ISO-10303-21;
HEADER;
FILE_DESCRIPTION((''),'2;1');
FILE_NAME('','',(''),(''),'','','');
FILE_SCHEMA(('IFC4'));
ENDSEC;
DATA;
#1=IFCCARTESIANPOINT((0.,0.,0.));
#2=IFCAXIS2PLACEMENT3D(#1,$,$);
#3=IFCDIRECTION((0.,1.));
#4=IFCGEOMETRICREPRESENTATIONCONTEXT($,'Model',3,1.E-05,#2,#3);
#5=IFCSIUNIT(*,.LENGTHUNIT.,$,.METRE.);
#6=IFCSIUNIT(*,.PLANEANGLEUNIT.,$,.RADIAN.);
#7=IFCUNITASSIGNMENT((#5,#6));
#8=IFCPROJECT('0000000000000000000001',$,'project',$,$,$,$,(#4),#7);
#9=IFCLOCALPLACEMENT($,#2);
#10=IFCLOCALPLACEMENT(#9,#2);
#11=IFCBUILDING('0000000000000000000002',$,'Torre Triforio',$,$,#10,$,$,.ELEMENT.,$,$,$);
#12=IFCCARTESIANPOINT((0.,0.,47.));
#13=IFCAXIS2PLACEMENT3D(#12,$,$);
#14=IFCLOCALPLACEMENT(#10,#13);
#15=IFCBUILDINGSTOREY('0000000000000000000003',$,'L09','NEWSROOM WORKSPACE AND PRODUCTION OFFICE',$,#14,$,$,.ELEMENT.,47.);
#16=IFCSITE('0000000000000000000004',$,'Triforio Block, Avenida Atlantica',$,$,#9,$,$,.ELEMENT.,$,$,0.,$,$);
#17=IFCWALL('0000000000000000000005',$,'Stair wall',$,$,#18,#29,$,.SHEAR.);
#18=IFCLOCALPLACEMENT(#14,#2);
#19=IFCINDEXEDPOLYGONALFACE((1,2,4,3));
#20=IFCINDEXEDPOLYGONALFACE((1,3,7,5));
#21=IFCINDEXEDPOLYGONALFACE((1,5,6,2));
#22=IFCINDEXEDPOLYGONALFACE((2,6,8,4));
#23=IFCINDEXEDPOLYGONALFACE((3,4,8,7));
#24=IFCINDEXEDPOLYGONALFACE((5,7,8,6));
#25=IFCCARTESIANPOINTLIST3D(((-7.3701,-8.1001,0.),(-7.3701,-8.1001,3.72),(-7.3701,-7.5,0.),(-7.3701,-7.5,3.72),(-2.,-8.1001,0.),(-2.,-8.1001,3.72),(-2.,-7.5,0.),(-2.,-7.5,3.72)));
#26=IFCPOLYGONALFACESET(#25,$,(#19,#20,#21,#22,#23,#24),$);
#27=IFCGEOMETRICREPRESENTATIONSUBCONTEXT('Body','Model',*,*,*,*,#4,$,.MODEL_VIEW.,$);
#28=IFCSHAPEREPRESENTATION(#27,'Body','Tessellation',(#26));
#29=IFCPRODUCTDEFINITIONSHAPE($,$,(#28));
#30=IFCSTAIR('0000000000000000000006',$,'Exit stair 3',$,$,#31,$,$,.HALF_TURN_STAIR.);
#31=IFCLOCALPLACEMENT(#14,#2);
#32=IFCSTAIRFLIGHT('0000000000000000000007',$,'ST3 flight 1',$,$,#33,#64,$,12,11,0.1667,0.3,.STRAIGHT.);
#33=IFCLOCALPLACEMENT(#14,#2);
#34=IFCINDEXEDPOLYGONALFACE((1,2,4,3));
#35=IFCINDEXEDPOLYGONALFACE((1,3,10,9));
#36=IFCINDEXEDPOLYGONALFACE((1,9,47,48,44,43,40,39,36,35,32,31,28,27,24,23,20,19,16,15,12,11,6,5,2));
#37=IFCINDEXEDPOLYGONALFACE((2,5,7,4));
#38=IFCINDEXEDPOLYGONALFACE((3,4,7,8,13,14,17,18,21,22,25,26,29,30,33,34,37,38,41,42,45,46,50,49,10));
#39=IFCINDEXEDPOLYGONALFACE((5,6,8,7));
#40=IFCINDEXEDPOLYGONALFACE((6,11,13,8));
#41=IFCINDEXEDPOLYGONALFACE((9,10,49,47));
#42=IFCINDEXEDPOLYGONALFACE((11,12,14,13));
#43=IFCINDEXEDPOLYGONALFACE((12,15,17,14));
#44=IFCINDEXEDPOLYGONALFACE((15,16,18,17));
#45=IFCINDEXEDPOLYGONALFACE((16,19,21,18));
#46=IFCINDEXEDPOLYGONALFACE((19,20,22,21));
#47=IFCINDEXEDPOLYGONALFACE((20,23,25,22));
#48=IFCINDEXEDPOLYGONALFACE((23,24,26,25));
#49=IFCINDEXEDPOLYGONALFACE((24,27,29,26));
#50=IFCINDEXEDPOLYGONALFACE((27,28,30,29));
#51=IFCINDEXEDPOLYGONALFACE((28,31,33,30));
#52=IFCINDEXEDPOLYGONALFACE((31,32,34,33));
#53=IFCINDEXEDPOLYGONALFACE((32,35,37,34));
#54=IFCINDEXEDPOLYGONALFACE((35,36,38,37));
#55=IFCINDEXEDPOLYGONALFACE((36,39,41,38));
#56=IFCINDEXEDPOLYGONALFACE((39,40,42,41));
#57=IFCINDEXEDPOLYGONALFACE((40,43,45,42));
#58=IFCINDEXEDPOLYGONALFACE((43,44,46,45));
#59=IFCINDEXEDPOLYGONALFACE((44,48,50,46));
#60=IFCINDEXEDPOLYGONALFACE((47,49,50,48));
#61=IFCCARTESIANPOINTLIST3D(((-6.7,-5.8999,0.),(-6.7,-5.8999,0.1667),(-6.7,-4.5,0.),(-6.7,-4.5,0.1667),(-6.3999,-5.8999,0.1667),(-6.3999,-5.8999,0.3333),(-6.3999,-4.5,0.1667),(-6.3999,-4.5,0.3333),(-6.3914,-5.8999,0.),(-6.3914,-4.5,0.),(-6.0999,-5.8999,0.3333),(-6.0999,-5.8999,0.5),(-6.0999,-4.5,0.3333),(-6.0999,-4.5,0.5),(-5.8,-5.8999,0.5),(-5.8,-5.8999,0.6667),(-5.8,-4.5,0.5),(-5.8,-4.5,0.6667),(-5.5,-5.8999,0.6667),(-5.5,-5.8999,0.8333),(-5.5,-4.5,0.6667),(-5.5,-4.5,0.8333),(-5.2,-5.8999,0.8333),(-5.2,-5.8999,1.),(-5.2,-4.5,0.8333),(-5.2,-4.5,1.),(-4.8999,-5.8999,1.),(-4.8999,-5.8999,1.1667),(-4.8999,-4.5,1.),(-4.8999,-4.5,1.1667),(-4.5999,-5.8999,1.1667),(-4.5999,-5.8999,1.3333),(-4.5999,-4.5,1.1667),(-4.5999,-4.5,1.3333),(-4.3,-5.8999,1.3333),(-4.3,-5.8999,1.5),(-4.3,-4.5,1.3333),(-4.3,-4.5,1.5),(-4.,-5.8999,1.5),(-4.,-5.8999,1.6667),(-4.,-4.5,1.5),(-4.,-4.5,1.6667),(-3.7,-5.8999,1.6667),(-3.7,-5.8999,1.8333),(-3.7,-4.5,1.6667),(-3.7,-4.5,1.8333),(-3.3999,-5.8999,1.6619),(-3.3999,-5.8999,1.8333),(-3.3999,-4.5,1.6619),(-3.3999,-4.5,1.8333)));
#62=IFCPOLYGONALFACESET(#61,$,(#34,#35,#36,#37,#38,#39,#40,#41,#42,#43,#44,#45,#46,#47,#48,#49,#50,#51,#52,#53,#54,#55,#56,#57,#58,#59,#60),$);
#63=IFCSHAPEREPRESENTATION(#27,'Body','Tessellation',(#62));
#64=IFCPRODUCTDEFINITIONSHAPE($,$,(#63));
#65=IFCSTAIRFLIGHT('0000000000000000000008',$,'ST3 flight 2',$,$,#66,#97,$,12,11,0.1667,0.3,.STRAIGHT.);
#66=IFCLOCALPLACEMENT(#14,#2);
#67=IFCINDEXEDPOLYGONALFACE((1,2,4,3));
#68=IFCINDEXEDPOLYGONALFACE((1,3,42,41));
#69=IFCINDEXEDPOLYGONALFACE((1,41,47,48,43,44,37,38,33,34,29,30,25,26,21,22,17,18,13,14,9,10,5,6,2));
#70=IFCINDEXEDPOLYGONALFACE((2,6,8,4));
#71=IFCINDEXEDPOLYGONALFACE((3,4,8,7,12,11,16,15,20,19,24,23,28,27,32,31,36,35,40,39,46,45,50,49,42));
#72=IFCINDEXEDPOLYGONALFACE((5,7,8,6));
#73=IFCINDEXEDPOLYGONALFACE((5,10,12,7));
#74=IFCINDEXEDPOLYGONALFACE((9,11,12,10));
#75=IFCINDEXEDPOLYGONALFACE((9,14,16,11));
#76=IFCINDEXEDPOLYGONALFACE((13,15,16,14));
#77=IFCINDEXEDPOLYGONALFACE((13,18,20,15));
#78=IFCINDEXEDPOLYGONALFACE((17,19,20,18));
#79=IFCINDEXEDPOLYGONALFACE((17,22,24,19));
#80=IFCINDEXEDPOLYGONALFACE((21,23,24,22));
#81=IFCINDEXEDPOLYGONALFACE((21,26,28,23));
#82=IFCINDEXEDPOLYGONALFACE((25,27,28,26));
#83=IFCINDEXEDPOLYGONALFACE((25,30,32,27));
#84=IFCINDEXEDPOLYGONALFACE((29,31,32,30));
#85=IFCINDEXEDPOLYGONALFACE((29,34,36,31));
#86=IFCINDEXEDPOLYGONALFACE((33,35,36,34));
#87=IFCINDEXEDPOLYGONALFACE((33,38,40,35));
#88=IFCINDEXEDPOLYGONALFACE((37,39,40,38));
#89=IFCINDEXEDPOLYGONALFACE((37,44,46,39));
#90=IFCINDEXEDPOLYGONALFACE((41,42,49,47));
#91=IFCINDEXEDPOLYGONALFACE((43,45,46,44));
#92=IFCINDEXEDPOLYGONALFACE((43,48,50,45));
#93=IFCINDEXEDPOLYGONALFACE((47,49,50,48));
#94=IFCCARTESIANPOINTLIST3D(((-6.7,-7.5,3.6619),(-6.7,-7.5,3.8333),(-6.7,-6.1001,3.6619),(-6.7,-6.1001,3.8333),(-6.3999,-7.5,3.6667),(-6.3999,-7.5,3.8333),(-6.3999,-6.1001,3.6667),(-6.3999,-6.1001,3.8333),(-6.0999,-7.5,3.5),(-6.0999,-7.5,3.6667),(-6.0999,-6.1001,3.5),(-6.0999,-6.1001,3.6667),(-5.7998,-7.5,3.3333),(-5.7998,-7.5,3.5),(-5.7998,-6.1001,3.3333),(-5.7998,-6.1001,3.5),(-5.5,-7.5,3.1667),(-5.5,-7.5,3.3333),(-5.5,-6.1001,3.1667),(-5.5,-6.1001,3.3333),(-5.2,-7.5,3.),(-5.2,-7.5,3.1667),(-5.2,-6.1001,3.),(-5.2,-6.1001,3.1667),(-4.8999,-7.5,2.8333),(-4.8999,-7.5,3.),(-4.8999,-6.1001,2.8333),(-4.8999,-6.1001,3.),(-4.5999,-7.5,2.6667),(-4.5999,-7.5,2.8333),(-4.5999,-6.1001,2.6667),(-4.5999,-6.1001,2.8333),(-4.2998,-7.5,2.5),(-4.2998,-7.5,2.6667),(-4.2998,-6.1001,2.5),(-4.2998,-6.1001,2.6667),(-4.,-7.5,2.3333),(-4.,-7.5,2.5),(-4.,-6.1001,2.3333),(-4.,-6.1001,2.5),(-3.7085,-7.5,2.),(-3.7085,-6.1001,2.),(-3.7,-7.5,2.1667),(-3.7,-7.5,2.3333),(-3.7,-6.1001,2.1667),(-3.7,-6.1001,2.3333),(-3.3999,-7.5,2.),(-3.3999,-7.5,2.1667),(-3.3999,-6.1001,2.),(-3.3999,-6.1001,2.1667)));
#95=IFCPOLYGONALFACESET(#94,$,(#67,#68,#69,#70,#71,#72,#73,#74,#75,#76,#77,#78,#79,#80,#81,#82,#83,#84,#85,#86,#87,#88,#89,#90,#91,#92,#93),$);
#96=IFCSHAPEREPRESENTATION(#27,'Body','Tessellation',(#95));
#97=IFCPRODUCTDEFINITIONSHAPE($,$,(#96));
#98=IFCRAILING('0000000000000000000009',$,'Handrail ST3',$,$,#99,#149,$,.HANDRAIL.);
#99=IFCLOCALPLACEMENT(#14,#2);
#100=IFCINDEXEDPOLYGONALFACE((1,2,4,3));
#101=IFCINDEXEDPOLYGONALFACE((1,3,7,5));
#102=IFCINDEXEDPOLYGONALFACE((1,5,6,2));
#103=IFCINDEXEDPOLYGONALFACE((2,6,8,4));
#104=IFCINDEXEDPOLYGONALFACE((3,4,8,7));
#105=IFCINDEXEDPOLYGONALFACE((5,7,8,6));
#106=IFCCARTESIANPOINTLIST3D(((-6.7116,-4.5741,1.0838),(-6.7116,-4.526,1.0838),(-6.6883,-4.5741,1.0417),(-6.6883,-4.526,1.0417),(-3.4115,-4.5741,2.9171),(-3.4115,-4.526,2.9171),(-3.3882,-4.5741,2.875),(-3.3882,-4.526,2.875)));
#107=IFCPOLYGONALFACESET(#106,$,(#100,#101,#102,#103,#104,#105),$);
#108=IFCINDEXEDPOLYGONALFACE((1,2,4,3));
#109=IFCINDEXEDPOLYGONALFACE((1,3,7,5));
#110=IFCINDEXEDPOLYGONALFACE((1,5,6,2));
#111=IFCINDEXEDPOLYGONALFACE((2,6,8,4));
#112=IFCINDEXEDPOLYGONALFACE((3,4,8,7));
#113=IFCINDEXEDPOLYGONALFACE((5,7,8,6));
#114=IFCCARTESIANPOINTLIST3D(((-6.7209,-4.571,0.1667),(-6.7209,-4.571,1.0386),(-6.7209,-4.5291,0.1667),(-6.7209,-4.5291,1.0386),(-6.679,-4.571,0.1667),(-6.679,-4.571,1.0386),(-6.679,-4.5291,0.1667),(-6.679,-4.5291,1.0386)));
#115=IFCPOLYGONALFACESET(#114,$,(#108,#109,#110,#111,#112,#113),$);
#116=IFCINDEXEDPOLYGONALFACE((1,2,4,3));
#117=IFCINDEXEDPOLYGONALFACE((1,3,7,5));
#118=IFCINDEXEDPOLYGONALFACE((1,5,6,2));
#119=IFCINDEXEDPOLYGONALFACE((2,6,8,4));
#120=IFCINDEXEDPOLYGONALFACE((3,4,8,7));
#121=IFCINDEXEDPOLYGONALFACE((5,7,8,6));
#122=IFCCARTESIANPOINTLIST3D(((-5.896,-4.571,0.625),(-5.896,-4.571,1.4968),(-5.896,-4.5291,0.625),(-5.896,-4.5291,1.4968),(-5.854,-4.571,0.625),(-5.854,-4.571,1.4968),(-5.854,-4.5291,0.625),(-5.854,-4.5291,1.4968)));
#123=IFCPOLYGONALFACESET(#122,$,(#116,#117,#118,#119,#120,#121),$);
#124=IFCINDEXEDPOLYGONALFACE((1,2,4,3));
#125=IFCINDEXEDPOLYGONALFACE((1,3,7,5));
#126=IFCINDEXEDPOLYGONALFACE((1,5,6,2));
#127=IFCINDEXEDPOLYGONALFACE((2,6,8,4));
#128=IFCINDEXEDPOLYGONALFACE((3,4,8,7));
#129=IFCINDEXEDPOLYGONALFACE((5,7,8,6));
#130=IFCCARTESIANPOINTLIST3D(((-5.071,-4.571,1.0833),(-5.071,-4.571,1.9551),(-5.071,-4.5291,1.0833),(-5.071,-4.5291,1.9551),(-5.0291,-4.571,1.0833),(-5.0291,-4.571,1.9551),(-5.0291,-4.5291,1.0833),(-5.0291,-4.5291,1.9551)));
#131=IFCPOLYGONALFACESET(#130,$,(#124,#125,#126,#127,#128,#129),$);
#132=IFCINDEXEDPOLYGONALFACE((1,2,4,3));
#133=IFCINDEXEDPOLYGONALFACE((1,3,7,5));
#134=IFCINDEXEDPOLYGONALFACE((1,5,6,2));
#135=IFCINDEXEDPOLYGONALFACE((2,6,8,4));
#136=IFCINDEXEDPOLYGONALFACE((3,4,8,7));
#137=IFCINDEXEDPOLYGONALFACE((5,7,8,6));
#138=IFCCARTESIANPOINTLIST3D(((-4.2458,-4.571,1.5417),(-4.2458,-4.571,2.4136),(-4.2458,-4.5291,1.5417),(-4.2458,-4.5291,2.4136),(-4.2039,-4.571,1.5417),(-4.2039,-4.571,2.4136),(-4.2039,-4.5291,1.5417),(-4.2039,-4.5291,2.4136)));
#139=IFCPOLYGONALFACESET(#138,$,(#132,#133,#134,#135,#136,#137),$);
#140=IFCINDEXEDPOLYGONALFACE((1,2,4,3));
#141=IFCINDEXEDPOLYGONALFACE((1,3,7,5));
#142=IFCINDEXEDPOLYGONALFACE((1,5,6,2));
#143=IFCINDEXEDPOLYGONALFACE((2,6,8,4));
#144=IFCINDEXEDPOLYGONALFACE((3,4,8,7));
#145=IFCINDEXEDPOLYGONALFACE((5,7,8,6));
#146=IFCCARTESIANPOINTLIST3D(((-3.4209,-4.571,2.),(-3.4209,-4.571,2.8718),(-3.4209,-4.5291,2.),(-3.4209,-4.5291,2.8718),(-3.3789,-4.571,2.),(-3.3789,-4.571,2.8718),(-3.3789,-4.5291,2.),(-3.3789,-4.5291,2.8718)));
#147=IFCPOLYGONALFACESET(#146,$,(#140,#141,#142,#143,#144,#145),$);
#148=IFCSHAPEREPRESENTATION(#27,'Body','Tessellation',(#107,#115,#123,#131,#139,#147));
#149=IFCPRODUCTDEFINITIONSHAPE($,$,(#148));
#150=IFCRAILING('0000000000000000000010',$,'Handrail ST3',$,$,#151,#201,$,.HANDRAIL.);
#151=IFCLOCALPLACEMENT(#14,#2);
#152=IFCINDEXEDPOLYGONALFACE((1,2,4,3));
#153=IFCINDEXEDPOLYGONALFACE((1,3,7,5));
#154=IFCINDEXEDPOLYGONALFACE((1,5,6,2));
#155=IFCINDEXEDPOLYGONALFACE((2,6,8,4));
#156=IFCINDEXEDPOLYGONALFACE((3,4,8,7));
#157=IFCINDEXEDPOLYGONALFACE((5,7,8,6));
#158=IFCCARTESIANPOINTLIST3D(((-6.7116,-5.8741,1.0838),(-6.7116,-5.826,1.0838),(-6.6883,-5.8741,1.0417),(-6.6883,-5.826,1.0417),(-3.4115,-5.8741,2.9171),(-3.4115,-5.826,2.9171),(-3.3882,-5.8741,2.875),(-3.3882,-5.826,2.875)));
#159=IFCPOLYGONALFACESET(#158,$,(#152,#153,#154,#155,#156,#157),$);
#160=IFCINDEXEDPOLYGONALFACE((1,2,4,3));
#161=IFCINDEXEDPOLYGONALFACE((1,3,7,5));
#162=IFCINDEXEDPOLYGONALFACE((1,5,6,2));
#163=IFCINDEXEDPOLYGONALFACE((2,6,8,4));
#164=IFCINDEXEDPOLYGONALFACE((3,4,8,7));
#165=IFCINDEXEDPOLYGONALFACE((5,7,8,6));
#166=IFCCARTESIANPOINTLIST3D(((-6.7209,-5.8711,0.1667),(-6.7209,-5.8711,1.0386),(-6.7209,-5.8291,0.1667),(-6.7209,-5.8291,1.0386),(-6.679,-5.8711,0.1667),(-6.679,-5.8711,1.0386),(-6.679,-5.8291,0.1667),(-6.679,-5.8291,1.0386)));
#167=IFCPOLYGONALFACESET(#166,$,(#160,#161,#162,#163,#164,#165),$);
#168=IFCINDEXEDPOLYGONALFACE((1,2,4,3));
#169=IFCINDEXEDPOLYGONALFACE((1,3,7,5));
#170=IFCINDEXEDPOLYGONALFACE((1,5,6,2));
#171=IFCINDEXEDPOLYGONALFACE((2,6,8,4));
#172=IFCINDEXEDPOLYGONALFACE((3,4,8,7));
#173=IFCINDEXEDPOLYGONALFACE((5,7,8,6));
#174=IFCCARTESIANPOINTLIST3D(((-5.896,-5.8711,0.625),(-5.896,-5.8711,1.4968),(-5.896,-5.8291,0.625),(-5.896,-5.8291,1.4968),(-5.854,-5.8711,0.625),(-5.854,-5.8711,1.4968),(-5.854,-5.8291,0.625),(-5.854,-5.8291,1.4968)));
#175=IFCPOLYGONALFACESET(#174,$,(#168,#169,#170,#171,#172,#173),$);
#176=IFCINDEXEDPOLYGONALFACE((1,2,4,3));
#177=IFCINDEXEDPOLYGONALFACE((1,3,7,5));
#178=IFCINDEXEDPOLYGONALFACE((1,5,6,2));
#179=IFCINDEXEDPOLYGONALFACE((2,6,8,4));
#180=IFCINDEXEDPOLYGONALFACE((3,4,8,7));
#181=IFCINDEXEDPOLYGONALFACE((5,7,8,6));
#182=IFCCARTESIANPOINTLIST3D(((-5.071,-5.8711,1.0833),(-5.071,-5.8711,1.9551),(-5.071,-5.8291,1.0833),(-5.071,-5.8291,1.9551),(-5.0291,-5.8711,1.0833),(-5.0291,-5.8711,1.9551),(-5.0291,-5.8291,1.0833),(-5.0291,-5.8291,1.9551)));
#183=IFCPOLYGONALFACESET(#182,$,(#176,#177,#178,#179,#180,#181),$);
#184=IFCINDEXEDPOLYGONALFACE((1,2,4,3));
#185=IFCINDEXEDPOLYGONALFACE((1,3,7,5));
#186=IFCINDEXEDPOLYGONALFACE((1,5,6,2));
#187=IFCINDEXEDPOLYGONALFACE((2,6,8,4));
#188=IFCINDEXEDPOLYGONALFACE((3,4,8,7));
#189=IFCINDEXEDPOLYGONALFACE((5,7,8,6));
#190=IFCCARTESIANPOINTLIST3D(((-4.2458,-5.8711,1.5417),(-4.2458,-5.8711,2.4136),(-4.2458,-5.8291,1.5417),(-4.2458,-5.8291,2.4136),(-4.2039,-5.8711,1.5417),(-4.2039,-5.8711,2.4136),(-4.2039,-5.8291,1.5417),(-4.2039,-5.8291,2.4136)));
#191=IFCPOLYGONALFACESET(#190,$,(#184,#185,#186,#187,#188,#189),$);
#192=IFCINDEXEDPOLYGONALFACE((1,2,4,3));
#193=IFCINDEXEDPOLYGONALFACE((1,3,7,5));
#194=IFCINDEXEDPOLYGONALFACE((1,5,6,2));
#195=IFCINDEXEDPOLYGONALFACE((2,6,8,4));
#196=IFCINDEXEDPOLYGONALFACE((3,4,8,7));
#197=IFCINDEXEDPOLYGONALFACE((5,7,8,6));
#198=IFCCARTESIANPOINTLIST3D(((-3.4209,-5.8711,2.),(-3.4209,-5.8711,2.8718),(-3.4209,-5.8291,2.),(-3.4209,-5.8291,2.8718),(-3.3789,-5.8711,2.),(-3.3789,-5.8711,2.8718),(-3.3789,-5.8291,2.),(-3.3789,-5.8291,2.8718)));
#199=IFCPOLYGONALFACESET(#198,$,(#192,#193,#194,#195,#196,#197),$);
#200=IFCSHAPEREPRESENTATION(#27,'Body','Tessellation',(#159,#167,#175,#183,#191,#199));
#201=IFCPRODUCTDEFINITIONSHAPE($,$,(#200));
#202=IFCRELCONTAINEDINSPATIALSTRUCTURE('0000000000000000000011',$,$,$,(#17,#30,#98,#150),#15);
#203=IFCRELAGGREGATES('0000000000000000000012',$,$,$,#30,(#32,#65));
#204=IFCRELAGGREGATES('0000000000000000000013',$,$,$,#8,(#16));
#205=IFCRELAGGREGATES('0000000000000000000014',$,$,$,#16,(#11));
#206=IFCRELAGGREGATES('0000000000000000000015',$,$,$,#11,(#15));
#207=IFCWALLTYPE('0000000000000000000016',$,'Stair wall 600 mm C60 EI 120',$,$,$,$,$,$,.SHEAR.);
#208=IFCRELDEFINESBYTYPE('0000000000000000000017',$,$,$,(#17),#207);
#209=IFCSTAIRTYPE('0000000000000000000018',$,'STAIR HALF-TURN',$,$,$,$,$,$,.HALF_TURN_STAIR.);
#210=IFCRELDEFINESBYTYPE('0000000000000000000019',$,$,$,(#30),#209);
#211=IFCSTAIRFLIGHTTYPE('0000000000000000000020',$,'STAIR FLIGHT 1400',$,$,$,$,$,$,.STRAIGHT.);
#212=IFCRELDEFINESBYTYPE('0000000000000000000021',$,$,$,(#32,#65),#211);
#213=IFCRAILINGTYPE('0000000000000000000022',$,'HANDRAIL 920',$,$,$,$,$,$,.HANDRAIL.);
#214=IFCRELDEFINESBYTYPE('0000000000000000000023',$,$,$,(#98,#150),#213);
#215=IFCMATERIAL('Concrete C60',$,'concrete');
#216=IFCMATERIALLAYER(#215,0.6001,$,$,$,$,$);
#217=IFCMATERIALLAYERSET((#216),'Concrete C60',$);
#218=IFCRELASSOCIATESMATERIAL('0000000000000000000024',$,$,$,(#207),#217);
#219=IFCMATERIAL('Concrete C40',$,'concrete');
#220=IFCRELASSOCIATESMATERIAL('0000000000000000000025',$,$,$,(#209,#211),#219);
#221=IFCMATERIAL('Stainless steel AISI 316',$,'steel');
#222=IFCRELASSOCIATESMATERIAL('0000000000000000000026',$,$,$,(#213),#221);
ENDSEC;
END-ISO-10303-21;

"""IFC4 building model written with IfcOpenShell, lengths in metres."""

from ifc_helpers import new_model, si_unit, direction, frame, frame_2d, origin, origin_2d, place, context, subcontext, project, spatial, polyline, rectangle, outline, extrude, material, layer, layer_set, type_object, element, aggregate, save


model = new_model("IFC4")

# Units and contexts
model_context = context("Model", 3, precision=1e-05, world=origin(), true_north=direction((0.0, 1.0)))
body_context = subcontext(model_context, "Body", "Model", "MODEL_VIEW")
ifc_project = project(units=[si_unit("LENGTHUNIT", "METRE"), si_unit("PLANEANGLEUNIT", "RADIAN")], contexts=[model_context])

# Site, building, storey
site_placement = place(None, origin())
site = spatial("IfcSite", under=ifc_project, at=site_placement, Name="Triforio Block, Avenida Atlantica", CompositionType="ELEMENT", RefElevation=0.0)
building_placement = place(site_placement, origin())
building = spatial("IfcBuilding", under=site, at=building_placement, Name="Torre Triforio", CompositionType="ELEMENT")
storey_placement = place(building_placement, frame((0.0, 0.0, 47.0)))
storey = spatial("IfcBuildingStorey", under=building, at=storey_placement, Name="L09", Description="NEWSROOM WORKSPACE AND PRODUCTION OFFICE", CompositionType="ELEMENT", Elevation=47.0)

# Shared definitions
ifc_material_1 = material(Name="Concrete C60", Category="concrete")

# Wall
ifc_layer_1 = layer(ifc_material_1, 0.6001)
ifc_layer_set_1 = layer_set([ifc_layer_1], Name="Concrete C60")
wall_type_1 = type_object("IfcWallType", Name="Stair wall 600 mm C60 EI 120", PredefinedType="SHEAR", material=ifc_layer_set_1)
wall_1_placement = place(storey_placement, frame((-7.3701, -7.8, 0.0), z_axis=(0.0, 0.0, 1.0), x_axis=(1.0, 0.0, 0.0)))
element("IfcWall", 1, at=wall_1_placement, inside=storey, type_object=wall_type_1, Name="Stair wall", PredefinedType="SHEAR", context=body_context, shape_type="SweptSolid", body=[
    extrude(rectangle(XDim=5.3701, YDim=0.6001, at=frame_2d((2.6851, 0.0))), origin(), (0.0, 0.0, 1.0), 3.72),
])

# Stair, stair flights
ifc_material_2 = material(Name="Concrete C40", Category="concrete")
stair_type = type_object("IfcStairType", Name="STAIR HALF-TURN", PredefinedType="HALF_TURN_STAIR", material=ifc_material_2)
stair_placement = place(storey_placement, origin())
stair = element("IfcStair", 2, at=stair_placement, inside=storey, type_object=stair_type, Name="Exit stair 3", PredefinedType="HALF_TURN_STAIR")
stair_flight_type = type_object("IfcStairFlightType", Name="STAIR FLIGHT 1400", PredefinedType="STRAIGHT", material=ifc_material_2)
stair_flight_1_placement = place(storey_placement, frame((-6.7, -5.2, 0.0), z_axis=(0.0, 0.0, 1.0), x_axis=(1.0, 0.0, 0.0)))
stair_flight_1 = element("IfcStairFlight", 3, at=stair_flight_1_placement, type_object=stair_flight_type, Name="ST3 flight 1", NumberOfRisers=12, NumberOfTreads=11, PredefinedType="STRAIGHT", RiserHeight=0.1667, TreadLength=0.3, context=body_context, shape_type="SweptSolid", body=[
    extrude(outline(polyline([(0.0, 0.0), (0.0, 0.1667), (0.3, 0.1667), (0.3, 0.3333), (0.6001, 0.3333), (0.6001, 0.5), (0.8999, 0.5), (0.8999, 0.6667), (1.2, 0.6667), (1.2, 0.8333), (1.5, 0.8333), (1.5, 1.0), (1.8, 1.0), (1.8, 1.1667), (2.1001, 1.1667), (2.1001, 1.3333), (2.3999, 1.3333), (2.3999, 1.5), (2.7, 1.5), (2.7, 1.6667), (3.0, 1.6667), (3.0, 1.8333), (3.3, 1.8333), (3.3, 2.0), (3.3, 1.6619), (0.3086, 0.0), (0.0, 0.0)])), frame((0.0, 0.7, 0.0), z_axis=(0.0, -1.0, 0.0), x_axis=(1.0, 0.0, 0.0)), (0.0, 0.0, 1.0), 1.3999),
])
stair_flight_2_placement = place(storey_placement, frame((-3.3999, -6.8, 2.0), z_axis=(0.0, 0.0, 1.0), x_axis=(-1.0, 0.0, 0.0)))
stair_flight_2 = element("IfcStairFlight", 4, at=stair_flight_2_placement, type_object=stair_flight_type, Name="ST3 flight 2", NumberOfRisers=12, NumberOfTreads=11, PredefinedType="STRAIGHT", RiserHeight=0.1667, TreadLength=0.3, context=body_context, shape_type="SweptSolid", body=[
    extrude(outline(polyline([(0.0, 0.0), (0.0, 0.1667), (0.3, 0.1667), (0.3, 0.3333), (0.6001, 0.3333), (0.6001, 0.5), (0.8999, 0.5), (0.8999, 0.6667), (1.2, 0.6667), (1.2, 0.8333), (1.5, 0.8333), (1.5, 1.0), (1.8, 1.0), (1.8, 1.1667), (2.1001, 1.1667), (2.1001, 1.3333), (2.3999, 1.3333), (2.3999, 1.5), (2.7, 1.5), (2.7, 1.6667), (3.0, 1.6667), (3.0, 1.8333), (3.3, 1.8333), (3.3, 2.0), (3.3, 1.6619), (0.3086, 0.0), (0.0, 0.0)])), frame((0.0, 0.7, 0.0), z_axis=(0.0, -1.0, 0.0), x_axis=(1.0, 0.0, 0.0)), (0.0, 0.0, 1.0), 1.3999),
])
aggregate(stair, [stair_flight_1, stair_flight_2])

# Railings
ifc_material_3 = material(Name="Stainless steel AISI 316", Category="steel")
railing_type = type_object("IfcRailingType", Name="HANDRAIL 920", PredefinedType="HANDRAIL", material=ifc_material_3)
for number, where, name in (
    (5, (-6.7, -4.55, 0.1667), "Handrail ST3"),
    (6, (-6.7, -5.8501, 0.1667), "Handrail ST3"),
):
    element("IfcRailing", number, at=place(storey_placement, frame(where)), inside=storey, type_object=railing_type, Name=name, PredefinedType="HANDRAIL", context=body_context, shape_type="SweptSolid", body=[
        extrude(rectangle(XDim=0.0481, YDim=0.0481, at=origin_2d()), frame((0.0, 0.0, 0.896), z_axis=(0.874169, 0.0, 0.485621), x_axis=(0.0, 1.0, 0.0)), (0.0, 0.0, 1.0), 3.7751),
        extrude(rectangle(XDim=0.042, YDim=0.042, at=origin_2d()), origin(), (0.0, 0.0, 1.0), 0.8718),
        extrude(rectangle(XDim=0.042, YDim=0.042, at=origin_2d()), frame((0.825, 0.0, 0.4583)), (0.0, 0.0, 1.0), 0.8718),
        extrude(rectangle(XDim=0.042, YDim=0.042, at=origin_2d()), frame((1.6499, 0.0, 0.9165)), (0.0, 0.0, 1.0), 0.8718),
        extrude(rectangle(XDim=0.042, YDim=0.042, at=origin_2d()), frame((2.4751, 0.0, 1.375)), (0.0, 0.0, 1.0), 0.8718),
        extrude(rectangle(XDim=0.042, YDim=0.042, at=origin_2d()), frame((3.3, 0.0, 1.8333)), (0.0, 0.0, 1.0), 0.8718),
    ])

save(model, "model.ifc")
